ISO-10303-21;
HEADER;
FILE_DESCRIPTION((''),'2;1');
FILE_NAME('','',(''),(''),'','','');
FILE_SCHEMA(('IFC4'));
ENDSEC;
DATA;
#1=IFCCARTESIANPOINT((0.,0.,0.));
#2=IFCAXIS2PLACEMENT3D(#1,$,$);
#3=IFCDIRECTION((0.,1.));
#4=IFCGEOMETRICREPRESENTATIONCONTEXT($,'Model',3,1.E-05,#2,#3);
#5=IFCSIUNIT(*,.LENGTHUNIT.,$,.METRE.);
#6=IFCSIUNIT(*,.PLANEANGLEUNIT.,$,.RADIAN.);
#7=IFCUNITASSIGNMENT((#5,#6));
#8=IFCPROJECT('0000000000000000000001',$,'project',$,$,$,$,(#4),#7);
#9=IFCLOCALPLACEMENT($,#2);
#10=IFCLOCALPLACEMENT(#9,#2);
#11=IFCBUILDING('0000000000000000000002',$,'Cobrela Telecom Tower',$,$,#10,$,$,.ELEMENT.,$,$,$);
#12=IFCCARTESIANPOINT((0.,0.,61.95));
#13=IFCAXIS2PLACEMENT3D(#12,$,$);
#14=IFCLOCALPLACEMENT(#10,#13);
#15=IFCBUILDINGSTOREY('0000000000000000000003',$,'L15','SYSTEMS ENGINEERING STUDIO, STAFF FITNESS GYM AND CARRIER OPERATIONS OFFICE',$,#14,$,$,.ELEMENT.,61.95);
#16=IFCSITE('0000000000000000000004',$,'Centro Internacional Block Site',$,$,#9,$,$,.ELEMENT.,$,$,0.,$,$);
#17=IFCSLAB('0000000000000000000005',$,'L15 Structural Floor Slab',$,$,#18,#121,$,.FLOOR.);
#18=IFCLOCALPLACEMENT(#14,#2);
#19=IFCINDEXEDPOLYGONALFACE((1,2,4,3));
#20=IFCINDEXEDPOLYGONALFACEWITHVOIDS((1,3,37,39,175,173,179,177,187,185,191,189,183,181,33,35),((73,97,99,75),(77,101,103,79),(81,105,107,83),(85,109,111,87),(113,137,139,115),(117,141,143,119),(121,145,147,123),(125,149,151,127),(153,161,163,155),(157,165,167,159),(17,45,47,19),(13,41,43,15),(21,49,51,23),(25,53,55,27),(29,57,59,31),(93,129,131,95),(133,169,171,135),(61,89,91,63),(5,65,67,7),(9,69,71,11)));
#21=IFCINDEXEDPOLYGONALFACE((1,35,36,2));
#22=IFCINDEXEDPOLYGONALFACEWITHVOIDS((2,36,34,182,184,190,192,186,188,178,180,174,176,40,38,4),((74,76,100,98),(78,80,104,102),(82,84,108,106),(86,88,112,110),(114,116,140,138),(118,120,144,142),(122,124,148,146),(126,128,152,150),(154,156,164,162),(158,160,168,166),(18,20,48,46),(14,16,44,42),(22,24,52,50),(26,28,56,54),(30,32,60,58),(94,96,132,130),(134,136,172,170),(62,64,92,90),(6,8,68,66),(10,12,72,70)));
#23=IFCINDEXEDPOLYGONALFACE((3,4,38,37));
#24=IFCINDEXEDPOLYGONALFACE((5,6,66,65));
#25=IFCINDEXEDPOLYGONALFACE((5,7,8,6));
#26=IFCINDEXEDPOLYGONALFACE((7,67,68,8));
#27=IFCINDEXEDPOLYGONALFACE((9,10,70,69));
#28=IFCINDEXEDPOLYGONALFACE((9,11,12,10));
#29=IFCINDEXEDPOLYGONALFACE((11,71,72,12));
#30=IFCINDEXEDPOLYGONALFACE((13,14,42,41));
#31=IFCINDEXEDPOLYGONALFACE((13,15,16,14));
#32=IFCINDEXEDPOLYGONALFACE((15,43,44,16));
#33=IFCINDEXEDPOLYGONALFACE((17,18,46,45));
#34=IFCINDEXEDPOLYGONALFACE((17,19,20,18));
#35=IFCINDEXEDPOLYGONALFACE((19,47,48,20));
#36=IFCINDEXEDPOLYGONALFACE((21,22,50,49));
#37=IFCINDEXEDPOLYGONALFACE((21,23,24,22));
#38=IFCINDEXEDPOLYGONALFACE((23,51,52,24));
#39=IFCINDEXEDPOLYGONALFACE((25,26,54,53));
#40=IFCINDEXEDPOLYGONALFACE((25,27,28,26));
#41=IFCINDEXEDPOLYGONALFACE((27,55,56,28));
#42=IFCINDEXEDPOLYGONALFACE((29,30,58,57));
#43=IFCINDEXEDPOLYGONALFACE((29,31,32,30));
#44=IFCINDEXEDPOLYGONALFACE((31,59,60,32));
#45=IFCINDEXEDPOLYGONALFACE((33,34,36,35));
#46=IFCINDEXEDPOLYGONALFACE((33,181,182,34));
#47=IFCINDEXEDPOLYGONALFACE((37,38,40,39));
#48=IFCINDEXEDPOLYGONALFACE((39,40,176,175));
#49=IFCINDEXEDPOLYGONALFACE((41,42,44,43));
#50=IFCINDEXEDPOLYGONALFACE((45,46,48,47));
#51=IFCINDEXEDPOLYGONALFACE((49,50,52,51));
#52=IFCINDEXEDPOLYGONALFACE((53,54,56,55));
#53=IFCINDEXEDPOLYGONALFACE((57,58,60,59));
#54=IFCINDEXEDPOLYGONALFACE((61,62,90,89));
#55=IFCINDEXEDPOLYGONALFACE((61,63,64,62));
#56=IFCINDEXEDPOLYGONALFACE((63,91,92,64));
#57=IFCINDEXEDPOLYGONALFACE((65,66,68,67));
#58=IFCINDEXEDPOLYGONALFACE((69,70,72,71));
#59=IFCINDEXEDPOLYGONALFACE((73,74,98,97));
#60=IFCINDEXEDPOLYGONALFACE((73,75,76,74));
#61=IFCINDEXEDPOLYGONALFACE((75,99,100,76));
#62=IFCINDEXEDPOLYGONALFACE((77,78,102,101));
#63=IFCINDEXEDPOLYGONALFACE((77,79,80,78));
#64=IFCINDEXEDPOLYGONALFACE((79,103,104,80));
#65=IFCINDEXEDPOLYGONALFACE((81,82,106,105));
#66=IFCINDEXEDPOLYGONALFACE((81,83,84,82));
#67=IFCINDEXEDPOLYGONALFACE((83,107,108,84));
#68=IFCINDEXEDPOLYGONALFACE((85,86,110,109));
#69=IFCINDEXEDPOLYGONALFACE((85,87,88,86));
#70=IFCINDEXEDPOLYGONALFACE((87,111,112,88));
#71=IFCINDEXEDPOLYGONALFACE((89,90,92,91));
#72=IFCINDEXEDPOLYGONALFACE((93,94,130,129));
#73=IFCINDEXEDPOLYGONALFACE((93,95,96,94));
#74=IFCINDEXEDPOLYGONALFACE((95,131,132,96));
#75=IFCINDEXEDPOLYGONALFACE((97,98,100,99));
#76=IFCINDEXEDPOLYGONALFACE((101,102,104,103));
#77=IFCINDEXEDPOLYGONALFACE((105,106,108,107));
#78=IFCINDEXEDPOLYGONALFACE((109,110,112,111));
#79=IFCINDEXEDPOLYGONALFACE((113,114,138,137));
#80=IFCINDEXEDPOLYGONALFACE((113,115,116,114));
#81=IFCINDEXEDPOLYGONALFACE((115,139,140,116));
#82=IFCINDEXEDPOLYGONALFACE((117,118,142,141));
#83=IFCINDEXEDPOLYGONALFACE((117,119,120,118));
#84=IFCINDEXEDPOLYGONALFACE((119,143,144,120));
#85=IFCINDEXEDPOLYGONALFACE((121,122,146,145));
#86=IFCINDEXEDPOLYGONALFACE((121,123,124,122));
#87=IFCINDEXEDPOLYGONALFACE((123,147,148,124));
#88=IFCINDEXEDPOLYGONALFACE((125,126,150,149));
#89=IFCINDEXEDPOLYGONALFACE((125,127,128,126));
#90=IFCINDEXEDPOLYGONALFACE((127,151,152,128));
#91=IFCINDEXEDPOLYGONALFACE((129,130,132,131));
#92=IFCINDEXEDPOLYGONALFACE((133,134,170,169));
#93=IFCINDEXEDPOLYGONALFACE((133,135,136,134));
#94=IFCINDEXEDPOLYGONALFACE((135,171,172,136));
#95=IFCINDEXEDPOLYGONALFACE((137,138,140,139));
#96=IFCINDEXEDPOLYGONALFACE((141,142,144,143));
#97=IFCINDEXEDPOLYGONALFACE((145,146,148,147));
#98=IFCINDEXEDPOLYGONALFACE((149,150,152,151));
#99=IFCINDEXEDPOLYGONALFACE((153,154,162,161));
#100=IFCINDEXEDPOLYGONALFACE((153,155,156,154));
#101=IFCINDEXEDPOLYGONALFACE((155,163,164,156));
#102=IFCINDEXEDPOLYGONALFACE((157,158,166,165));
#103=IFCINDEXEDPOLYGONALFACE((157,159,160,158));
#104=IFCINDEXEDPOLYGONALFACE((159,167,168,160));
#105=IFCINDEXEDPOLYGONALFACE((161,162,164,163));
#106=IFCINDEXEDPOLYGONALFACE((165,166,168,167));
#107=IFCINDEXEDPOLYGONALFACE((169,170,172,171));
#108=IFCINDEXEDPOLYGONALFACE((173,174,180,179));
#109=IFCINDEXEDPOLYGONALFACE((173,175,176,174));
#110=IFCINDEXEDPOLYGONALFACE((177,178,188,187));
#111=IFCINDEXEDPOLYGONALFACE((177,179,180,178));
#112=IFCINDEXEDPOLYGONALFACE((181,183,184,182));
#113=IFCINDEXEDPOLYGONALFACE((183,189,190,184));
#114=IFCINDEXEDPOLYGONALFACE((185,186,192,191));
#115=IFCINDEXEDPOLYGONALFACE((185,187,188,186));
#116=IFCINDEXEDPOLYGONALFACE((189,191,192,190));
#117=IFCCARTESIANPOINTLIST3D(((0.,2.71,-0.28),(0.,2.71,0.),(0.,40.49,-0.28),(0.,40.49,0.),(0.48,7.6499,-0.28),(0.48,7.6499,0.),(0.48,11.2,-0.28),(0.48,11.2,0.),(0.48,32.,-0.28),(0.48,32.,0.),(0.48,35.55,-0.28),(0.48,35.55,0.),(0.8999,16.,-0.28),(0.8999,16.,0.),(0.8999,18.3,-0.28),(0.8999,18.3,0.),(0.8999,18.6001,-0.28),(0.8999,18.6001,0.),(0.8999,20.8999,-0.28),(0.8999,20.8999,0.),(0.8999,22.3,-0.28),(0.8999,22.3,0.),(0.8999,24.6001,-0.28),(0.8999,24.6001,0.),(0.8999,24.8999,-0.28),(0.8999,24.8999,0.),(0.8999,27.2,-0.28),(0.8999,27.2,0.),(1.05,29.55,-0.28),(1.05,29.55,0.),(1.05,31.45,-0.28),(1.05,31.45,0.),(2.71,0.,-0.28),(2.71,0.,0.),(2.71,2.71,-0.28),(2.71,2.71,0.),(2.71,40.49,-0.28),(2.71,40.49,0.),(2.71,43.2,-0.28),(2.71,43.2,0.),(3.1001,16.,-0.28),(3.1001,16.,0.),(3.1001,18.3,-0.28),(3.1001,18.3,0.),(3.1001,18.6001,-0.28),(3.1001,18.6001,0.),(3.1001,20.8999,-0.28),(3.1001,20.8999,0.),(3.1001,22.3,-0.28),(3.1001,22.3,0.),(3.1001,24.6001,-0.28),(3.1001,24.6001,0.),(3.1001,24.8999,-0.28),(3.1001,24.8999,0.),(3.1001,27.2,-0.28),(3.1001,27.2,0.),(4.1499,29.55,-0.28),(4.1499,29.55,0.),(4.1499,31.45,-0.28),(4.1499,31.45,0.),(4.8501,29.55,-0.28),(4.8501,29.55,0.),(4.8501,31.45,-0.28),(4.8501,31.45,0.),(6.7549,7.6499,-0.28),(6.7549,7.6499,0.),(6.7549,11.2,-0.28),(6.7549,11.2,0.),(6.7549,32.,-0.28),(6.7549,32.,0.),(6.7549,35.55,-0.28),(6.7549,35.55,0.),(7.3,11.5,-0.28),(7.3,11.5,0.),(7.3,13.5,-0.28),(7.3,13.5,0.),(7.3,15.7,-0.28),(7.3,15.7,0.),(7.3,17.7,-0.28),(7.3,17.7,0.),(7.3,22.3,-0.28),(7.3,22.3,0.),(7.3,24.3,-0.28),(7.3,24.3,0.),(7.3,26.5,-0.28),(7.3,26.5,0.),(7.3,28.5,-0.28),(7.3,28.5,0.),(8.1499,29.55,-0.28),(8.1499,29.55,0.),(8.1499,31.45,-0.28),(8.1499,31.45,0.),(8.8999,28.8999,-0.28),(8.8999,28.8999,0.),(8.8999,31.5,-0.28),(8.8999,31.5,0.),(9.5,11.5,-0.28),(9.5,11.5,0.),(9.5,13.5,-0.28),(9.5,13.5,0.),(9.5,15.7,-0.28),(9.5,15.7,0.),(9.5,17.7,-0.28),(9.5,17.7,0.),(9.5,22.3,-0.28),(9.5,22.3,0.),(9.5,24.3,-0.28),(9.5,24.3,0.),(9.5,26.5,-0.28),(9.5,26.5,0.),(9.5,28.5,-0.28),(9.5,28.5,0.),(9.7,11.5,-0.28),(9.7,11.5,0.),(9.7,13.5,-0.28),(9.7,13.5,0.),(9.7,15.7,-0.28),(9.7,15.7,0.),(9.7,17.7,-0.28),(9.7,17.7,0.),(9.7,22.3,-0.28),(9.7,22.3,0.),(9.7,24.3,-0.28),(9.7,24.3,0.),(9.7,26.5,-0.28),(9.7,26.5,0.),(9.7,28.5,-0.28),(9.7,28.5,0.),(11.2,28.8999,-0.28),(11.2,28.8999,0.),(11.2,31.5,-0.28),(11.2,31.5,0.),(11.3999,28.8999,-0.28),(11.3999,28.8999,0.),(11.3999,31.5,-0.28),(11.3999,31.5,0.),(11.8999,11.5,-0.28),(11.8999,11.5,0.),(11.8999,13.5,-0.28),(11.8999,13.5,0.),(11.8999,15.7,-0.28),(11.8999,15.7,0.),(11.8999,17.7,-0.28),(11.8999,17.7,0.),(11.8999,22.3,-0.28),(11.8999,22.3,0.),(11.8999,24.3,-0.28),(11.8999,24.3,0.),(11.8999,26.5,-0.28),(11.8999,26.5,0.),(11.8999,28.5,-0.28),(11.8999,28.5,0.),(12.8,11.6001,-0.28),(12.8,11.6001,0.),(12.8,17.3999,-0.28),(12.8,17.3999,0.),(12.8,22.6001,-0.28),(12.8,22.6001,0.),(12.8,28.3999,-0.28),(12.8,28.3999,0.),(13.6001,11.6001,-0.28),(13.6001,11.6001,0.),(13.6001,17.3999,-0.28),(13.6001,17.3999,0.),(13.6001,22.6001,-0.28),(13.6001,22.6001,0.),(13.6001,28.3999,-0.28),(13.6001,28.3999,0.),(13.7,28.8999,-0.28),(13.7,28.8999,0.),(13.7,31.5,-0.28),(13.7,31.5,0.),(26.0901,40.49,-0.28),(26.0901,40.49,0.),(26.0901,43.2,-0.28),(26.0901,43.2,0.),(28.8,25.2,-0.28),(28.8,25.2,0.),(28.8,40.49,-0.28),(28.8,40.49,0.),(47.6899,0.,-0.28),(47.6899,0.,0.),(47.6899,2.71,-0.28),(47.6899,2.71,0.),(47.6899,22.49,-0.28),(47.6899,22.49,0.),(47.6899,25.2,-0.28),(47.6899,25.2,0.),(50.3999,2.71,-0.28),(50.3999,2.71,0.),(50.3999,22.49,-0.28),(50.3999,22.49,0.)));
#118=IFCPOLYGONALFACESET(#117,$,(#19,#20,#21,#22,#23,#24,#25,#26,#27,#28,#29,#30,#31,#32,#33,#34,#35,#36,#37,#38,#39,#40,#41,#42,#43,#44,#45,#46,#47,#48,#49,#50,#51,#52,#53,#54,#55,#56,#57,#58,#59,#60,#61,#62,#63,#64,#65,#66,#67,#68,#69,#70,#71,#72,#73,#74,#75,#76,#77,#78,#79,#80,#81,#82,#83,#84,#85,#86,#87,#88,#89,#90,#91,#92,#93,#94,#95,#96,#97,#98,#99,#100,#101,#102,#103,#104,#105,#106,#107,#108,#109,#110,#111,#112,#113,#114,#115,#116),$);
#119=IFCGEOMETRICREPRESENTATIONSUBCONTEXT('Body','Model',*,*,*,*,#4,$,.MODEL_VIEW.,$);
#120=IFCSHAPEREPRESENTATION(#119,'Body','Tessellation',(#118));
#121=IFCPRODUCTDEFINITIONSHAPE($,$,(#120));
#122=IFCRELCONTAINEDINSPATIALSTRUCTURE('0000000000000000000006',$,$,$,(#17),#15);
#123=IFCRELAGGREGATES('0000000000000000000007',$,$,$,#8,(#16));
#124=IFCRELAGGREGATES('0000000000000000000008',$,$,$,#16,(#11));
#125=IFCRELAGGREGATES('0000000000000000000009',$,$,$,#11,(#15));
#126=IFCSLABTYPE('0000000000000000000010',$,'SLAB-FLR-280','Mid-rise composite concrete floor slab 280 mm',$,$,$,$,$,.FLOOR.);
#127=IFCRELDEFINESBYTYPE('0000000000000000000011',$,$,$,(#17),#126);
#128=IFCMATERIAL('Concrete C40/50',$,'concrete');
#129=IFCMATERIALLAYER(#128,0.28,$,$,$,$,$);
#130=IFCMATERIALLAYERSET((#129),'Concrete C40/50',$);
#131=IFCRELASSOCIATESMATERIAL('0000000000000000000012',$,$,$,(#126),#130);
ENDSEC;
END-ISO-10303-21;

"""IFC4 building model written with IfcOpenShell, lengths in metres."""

from ifc_helpers import new_model, si_unit, direction, frame, origin, place, context, subcontext, project, spatial, polyline, outline, extrude, material, layer, layer_set, type_object, element, save


model = new_model("IFC4")

# Units and contexts
model_context = context("Model", 3, precision=1e-05, world=origin(), true_north=direction((0.0, 1.0)))
body_context = subcontext(model_context, "Body", "Model", "MODEL_VIEW")
ifc_project = project(units=[si_unit("LENGTHUNIT", "METRE"), si_unit("PLANEANGLEUNIT", "RADIAN")], contexts=[model_context])

# Site, building, storey
site_placement = place(None, origin())
site = spatial("IfcSite", under=ifc_project, at=site_placement, Name="Centro Internacional Block Site", CompositionType="ELEMENT", RefElevation=0.0)
building_placement = place(site_placement, origin())
building = spatial("IfcBuilding", under=site, at=building_placement, Name="Cobrela Telecom Tower", CompositionType="ELEMENT")
storey_placement = place(building_placement, frame((0.0, 0.0, 61.95)))
storey = spatial("IfcBuildingStorey", under=building, at=storey_placement, Name="L15", Description="SYSTEMS ENGINEERING STUDIO, STAFF FITNESS GYM AND CARRIER OPERATIONS OFFICE", CompositionType="ELEMENT", Elevation=61.95)

# Slab, openings
ifc_material_1 = material(Name="Concrete C40/50", Category="concrete")
ifc_layer_1 = layer(ifc_material_1, 0.28)
ifc_layer_set_1 = layer_set([ifc_layer_1], Name="Concrete C40/50")
slab_type_1 = type_object("IfcSlabType", Name="SLAB-FLR-280", Description="Mid-rise composite concrete floor slab 280 mm", PredefinedType="FLOOR", material=ifc_layer_set_1)
slab_1_placement = place(storey_placement, frame((0.0, 0.0, -0.28)))
slab_1 = element("IfcSlab", 1, at=slab_1_placement, inside=storey, type_object=slab_type_1, Name="L15 Structural Floor Slab", PredefinedType="FLOOR", context=body_context, shape_type="SweptSolid", body=[
    extrude(outline(polyline([(2.71, 0.0), (47.6899, 0.0), (47.6899, 2.71), (50.3999, 2.71), (50.3999, 22.49), (47.6899, 22.49), (47.6899, 25.2), (28.8, 25.2), (28.8, 40.49), (26.0901, 40.49), (26.0901, 43.2), (2.71, 43.2), (2.71, 40.49), (0.0, 40.49), (0.0, 2.71), (2.71, 2.71), (2.71, 0.0)])), origin(), (0.0, 0.0, 1.0), 0.28),
])
opening_1_placement = place(slab_1_placement, frame((0.0, 0.0, -0.02)))
element("IfcOpeningElement", 2, at=opening_1_placement, cuts=slab_1, PredefinedType="OPENING", context=body_context, shape_type="SweptSolid", body=[
    extrude(outline(polyline([(8.8999, 28.8999), (11.2, 28.8999), (11.2, 31.5), (8.8999, 31.5), (8.8999, 28.8999)])), origin(), (0.0, 0.0, 1.0), 0.3201),
])
opening_2_placement = place(slab_1_placement, frame((0.0, 0.0, -0.02)))
element("IfcOpeningElement", 3, at=opening_2_placement, cuts=slab_1, PredefinedType="OPENING", context=body_context, shape_type="SweptSolid", body=[
    extrude(outline(polyline([(11.3999, 28.8999), (13.7, 28.8999), (13.7, 31.5), (11.3999, 31.5), (11.3999, 28.8999)])), origin(), (0.0, 0.0, 1.0), 0.3201),
])
opening_3_placement = place(slab_1_placement, frame((0.0, 0.0, -0.02)))
element("IfcOpeningElement", 4, at=opening_3_placement, cuts=slab_1, PredefinedType="OPENING", context=body_context, shape_type="SweptSolid", body=[
    extrude(outline(polyline([(7.3, 22.3), (9.5, 22.3), (9.5, 24.3), (7.3, 24.3), (7.3, 22.3)])), origin(), (0.0, 0.0, 1.0), 0.3201),
])
opening_4_placement = place(slab_1_placement, frame((0.0, 0.0, -0.02)))
element("IfcOpeningElement", 5, at=opening_4_placement, cuts=slab_1, PredefinedType="OPENING", context=body_context, shape_type="SweptSolid", body=[
    extrude(outline(polyline([(9.7, 22.3), (11.8999, 22.3), (11.8999, 24.3), (9.7, 24.3), (9.7, 22.3)])), origin(), (0.0, 0.0, 1.0), 0.3201),
])
opening_5_placement = place(slab_1_placement, frame((0.0, 0.0, -0.02)))
element("IfcOpeningElement", 6, at=opening_5_placement, cuts=slab_1, PredefinedType="OPENING", context=body_context, shape_type="SweptSolid", body=[
    extrude(outline(polyline([(7.3, 26.5), (9.5, 26.5), (9.5, 28.5), (7.3, 28.5), (7.3, 26.5)])), origin(), (0.0, 0.0, 1.0), 0.3201),
])
opening_6_placement = place(slab_1_placement, frame((0.0, 0.0, -0.02)))
element("IfcOpeningElement", 7, at=opening_6_placement, cuts=slab_1, PredefinedType="OPENING", context=body_context, shape_type="SweptSolid", body=[
    extrude(outline(polyline([(9.7, 26.5), (11.8999, 26.5), (11.8999, 28.5), (9.7, 28.5), (9.7, 26.5)])), origin(), (0.0, 0.0, 1.0), 0.3201),
])
opening_7_placement = place(slab_1_placement, frame((0.0, 0.0, -0.02)))
element("IfcOpeningElement", 8, at=opening_7_placement, cuts=slab_1, PredefinedType="OPENING", context=body_context, shape_type="SweptSolid", body=[
    extrude(outline(polyline([(7.3, 15.7), (9.5, 15.7), (9.5, 17.7), (7.3, 17.7), (7.3, 15.7)])), origin(), (0.0, 0.0, 1.0), 0.3201),
])
opening_8_placement = place(slab_1_placement, frame((0.0, 0.0, -0.02)))
element("IfcOpeningElement", 9, at=opening_8_placement, cuts=slab_1, PredefinedType="OPENING", context=body_context, shape_type="SweptSolid", body=[
    extrude(outline(polyline([(9.7, 15.7), (11.8999, 15.7), (11.8999, 17.7), (9.7, 17.7), (9.7, 15.7)])), origin(), (0.0, 0.0, 1.0), 0.3201),
])
opening_9_placement = place(slab_1_placement, frame((0.0, 0.0, -0.02)))
element("IfcOpeningElement", 10, at=opening_9_placement, cuts=slab_1, PredefinedType="OPENING", context=body_context, shape_type="SweptSolid", body=[
    extrude(outline(polyline([(7.3, 11.5), (9.5, 11.5), (9.5, 13.5), (7.3, 13.5), (7.3, 11.5)])), origin(), (0.0, 0.0, 1.0), 0.3201),
])
opening_10_placement = place(slab_1_placement, frame((0.0, 0.0, -0.02)))
element("IfcOpeningElement", 11, at=opening_10_placement, cuts=slab_1, PredefinedType="OPENING", context=body_context, shape_type="SweptSolid", body=[
    extrude(outline(polyline([(9.7, 11.5), (11.8999, 11.5), (11.8999, 13.5), (9.7, 13.5), (9.7, 11.5)])), origin(), (0.0, 0.0, 1.0), 0.3201),
])
opening_11_placement = place(slab_1_placement, frame((0.0, 0.0, -0.02)))
element("IfcOpeningElement", 12, at=opening_11_placement, cuts=slab_1, PredefinedType="OPENING", context=body_context, shape_type="SweptSolid", body=[
    extrude(outline(polyline([(0.8999, 16.0), (3.1001, 16.0), (3.1001, 18.3), (0.8999, 18.3), (0.8999, 16.0)])), origin(), (0.0, 0.0, 1.0), 0.3201),
])
opening_12_placement = place(slab_1_placement, frame((0.0, 0.0, -0.02)))
element("IfcOpeningElement", 13, at=opening_12_placement, cuts=slab_1, PredefinedType="OPENING", context=body_context, shape_type="SweptSolid", body=[
    extrude(outline(polyline([(0.8999, 18.6001), (3.1001, 18.6001), (3.1001, 20.8999), (0.8999, 20.8999), (0.8999, 18.6001)])), origin(), (0.0, 0.0, 1.0), 0.3201),
])
opening_13_placement = place(slab_1_placement, frame((0.0, 0.0, -0.02)))
element("IfcOpeningElement", 14, at=opening_13_placement, cuts=slab_1, PredefinedType="OPENING", context=body_context, shape_type="SweptSolid", body=[
    extrude(outline(polyline([(0.8999, 22.3), (3.1001, 22.3), (3.1001, 24.6001), (0.8999, 24.6001), (0.8999, 22.3)])), origin(), (0.0, 0.0, 1.0), 0.3201),
])
opening_14_placement = place(slab_1_placement, frame((0.0, 0.0, -0.02)))
element("IfcOpeningElement", 15, at=opening_14_placement, cuts=slab_1, PredefinedType="OPENING", context=body_context, shape_type="SweptSolid", body=[
    extrude(outline(polyline([(0.8999, 24.8999), (3.1001, 24.8999), (3.1001, 27.2), (0.8999, 27.2), (0.8999, 24.8999)])), origin(), (0.0, 0.0, 1.0), 0.3201),
])
opening_15_placement = place(slab_1_placement, frame((0.0, 0.0, -0.02)))
element("IfcOpeningElement", 16, at=opening_15_placement, cuts=slab_1, PredefinedType="OPENING", context=body_context, shape_type="SweptSolid", body=[
    extrude(outline(polyline([(1.05, 29.55), (4.1499, 29.55), (4.1499, 31.45), (1.05, 31.45), (1.05, 29.55)])), origin(), (0.0, 0.0, 1.0), 0.3201),
])
opening_16_placement = place(slab_1_placement, frame((0.0, 0.0, -0.02)))
element("IfcOpeningElement", 17, at=opening_16_placement, cuts=slab_1, PredefinedType="OPENING", context=body_context, shape_type="SweptSolid", body=[
    extrude(outline(polyline([(4.8501, 29.55), (8.1499, 29.55), (8.1499, 31.45), (4.8501, 31.45), (4.8501, 29.55)])), origin(), (0.0, 0.0, 1.0), 0.3201),
])
opening_17_placement = place(slab_1_placement, frame((0.0, 0.0, -0.02)))
element("IfcOpeningElement", 18, at=opening_17_placement, cuts=slab_1, PredefinedType="OPENING", context=body_context, shape_type="SweptSolid", body=[
    extrude(outline(polyline([(12.8, 22.6001), (13.6001, 22.6001), (13.6001, 28.3999), (12.8, 28.3999), (12.8, 22.6001)])), origin(), (0.0, 0.0, 1.0), 0.3201),
])
opening_18_placement = place(slab_1_placement, frame((0.0, 0.0, -0.02)))
element("IfcOpeningElement", 19, at=opening_18_placement, cuts=slab_1, PredefinedType="OPENING", context=body_context, shape_type="SweptSolid", body=[
    extrude(outline(polyline([(12.8, 11.6001), (13.6001, 11.6001), (13.6001, 17.3999), (12.8, 17.3999), (12.8, 11.6001)])), origin(), (0.0, 0.0, 1.0), 0.3201),
])
opening_19_placement = place(slab_1_placement, frame((0.0, 0.0, -0.02)))
element("IfcOpeningElement", 20, at=opening_19_placement, cuts=slab_1, PredefinedType="OPENING", context=body_context, shape_type="SweptSolid", body=[
    extrude(outline(polyline([(6.7549, 35.55), (0.48, 35.55), (0.48, 32.0), (6.7549, 32.0), (6.7549, 35.55)])), origin(), (0.0, 0.0, 1.0), 0.3201),
])
opening_20_placement = place(slab_1_placement, frame((0.0, 0.0, -0.02)))
element("IfcOpeningElement", 21, at=opening_20_placement, cuts=slab_1, PredefinedType="OPENING", context=body_context, shape_type="SweptSolid", body=[
    extrude(outline(polyline([(6.7549, 11.2), (0.48, 11.2), (0.48, 7.6499), (6.7549, 7.6499), (6.7549, 11.2)])), origin(), (0.0, 0.0, 1.0), 0.3201),
])

save(model, "model.ifc")
